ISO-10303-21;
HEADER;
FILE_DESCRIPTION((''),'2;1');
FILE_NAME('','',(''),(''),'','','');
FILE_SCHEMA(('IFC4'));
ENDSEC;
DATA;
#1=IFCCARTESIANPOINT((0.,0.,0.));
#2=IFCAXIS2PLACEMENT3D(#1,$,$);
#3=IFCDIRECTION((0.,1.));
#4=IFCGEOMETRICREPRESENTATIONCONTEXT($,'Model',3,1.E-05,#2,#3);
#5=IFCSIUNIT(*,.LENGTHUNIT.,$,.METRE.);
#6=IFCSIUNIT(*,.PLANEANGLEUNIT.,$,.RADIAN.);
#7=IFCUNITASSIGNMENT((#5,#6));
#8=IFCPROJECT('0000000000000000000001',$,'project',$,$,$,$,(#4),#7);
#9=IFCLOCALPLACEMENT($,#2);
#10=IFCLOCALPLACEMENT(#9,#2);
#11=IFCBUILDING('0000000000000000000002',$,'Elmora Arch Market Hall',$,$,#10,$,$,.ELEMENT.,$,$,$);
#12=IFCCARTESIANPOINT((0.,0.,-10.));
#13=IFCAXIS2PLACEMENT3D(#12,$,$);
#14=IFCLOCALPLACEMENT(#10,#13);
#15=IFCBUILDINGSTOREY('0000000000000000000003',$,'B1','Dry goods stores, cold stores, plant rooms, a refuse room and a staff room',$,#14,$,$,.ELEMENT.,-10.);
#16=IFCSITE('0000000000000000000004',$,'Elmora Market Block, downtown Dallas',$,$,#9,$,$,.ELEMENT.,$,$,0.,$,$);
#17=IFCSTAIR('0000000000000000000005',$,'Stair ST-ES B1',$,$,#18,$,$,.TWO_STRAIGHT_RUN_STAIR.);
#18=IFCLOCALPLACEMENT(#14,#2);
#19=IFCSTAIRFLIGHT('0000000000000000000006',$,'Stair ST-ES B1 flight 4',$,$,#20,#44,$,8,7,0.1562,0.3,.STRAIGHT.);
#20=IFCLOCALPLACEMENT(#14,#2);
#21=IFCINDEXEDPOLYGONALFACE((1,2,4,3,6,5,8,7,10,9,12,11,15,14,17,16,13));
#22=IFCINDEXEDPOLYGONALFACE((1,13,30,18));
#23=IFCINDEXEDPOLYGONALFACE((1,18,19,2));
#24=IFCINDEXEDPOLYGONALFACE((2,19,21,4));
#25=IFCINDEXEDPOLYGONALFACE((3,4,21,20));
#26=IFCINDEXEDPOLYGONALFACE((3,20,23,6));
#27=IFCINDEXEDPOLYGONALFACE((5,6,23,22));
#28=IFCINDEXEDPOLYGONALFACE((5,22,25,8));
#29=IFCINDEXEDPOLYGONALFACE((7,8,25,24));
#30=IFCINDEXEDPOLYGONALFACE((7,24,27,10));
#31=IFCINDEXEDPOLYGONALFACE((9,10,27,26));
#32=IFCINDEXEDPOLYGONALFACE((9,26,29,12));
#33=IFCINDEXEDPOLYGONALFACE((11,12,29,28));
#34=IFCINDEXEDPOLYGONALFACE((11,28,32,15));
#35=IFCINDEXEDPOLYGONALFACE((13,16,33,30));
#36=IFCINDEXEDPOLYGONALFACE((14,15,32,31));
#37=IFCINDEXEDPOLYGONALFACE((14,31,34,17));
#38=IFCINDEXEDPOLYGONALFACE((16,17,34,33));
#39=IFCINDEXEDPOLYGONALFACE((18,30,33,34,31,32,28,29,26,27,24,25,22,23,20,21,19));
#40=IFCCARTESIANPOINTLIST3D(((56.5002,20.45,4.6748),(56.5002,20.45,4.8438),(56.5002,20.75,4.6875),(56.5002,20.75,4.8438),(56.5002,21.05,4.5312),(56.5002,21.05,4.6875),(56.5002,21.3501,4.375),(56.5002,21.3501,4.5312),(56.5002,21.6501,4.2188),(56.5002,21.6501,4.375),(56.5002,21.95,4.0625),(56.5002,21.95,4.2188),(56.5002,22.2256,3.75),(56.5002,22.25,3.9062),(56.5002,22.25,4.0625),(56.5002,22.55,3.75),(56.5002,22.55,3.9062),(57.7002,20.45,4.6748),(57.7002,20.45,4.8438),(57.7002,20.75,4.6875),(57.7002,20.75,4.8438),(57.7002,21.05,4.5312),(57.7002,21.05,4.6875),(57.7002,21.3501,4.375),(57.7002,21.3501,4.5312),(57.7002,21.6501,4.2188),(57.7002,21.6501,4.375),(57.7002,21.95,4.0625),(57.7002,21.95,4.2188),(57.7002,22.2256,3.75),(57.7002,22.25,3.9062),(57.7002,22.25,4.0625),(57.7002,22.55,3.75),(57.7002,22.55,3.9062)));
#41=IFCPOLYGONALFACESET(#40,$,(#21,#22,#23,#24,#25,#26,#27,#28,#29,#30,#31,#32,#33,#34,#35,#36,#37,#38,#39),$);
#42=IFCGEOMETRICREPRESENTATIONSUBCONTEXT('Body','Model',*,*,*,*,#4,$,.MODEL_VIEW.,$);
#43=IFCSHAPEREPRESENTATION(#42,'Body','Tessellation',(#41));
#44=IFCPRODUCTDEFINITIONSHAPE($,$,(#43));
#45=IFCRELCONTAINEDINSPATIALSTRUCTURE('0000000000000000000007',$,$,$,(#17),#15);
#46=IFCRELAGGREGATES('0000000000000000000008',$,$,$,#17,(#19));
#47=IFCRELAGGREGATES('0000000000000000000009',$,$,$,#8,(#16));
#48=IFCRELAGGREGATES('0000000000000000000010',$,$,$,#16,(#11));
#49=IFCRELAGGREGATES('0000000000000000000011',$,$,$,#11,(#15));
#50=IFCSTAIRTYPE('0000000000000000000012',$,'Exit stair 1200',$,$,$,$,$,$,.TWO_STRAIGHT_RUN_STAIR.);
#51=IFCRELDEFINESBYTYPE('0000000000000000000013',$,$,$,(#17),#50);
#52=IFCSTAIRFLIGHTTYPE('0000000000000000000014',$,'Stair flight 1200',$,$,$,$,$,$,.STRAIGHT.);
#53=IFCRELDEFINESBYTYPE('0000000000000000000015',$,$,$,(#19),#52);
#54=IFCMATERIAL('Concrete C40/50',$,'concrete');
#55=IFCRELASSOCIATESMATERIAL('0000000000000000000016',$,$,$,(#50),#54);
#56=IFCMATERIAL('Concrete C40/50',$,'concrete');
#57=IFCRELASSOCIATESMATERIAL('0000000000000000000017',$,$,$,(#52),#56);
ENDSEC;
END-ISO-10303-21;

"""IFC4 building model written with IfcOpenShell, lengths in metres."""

from ifc_helpers import new_model, si_unit, direction, frame, origin, place, context, subcontext, project, spatial, polyline, outline, extrude, material, type_object, element, aggregate, save


model = new_model("IFC4")

# Units and contexts
model_context = context("Model", 3, precision=1e-05, world=origin(), true_north=direction((0.0, 1.0)))
body_context = subcontext(model_context, "Body", "Model", "MODEL_VIEW")
ifc_project = project(units=[si_unit("LENGTHUNIT", "METRE"), si_unit("PLANEANGLEUNIT", "RADIAN")], contexts=[model_context])

# Site, building, storey
site_placement = place(None, origin())
site = spatial("IfcSite", under=ifc_project, at=site_placement, Name="Elmora Market Block, downtown Dallas", CompositionType="ELEMENT", RefElevation=0.0)
building_placement = place(site_placement, origin())
building = spatial("IfcBuilding", under=site, at=building_placement, Name="Elmora Arch Market Hall", CompositionType="ELEMENT")
storey_placement = place(building_placement, frame((0.0, 0.0, -10.0)))
storey = spatial("IfcBuildingStorey", under=building, at=storey_placement, Name="B1", Description="Dry goods stores, cold stores, plant rooms, a refuse room and a staff room", CompositionType="ELEMENT", Elevation=-10.0)

# Stair, stair flight
ifc_material_1 = material(Name="Concrete C40/50", Category="concrete")
stair_type = type_object("IfcStairType", Name="Exit stair 1200", PredefinedType="TWO_STRAIGHT_RUN_STAIR", material=ifc_material_1)
stair_placement = place(storey_placement, origin())
stair = element("IfcStair", 1, at=stair_placement, inside=storey, type_object=stair_type, Name="Stair ST-ES B1", PredefinedType="TWO_STRAIGHT_RUN_STAIR")
ifc_material_2 = material(Name="Concrete C40/50", Category="concrete")
stair_flight_type = type_object("IfcStairFlightType", Name="Stair flight 1200", PredefinedType="STRAIGHT", material=ifc_material_2)
stair_flight_1_placement = place(storey_placement, frame((57.1001, 22.55, 3.75), z_axis=(0.0, 0.0, 1.0), x_axis=(0.0, -1.0, 0.0)))
stair_flight_1 = element("IfcStairFlight", 2, at=stair_flight_1_placement, type_object=stair_flight_type, Name="Stair ST-ES B1 flight 4", NumberOfRisers=8, NumberOfTreads=7, PredefinedType="STRAIGHT", RiserHeight=0.1562, TreadLength=0.3, context=body_context, shape_type="SweptSolid", body=[
    extrude(outline(polyline([(0.0, 0.0), (0.0, 0.1562), (0.3, 0.1562), (0.3, 0.3125), (0.6001, 0.3125), (0.6001, 0.4688), (0.8999, 0.4688), (0.8999, 0.625), (1.2, 0.625), (1.2, 0.7812), (1.5, 0.7812), (1.5, 0.9375), (1.8, 0.9375), (1.8, 1.0938), (2.1001, 1.0938), (2.1001, 1.25), (2.1001, 0.9248), (0.3245, 0.0), (0.0, 0.0)])), frame((0.0, 0.6001, 0.0), z_axis=(0.0, -1.0, 0.0), x_axis=(1.0, 0.0, 0.0)), (0.0, 0.0, 1.0), 1.2),
])
aggregate(stair, [stair_flight_1])

save(model, "model.ifc")
